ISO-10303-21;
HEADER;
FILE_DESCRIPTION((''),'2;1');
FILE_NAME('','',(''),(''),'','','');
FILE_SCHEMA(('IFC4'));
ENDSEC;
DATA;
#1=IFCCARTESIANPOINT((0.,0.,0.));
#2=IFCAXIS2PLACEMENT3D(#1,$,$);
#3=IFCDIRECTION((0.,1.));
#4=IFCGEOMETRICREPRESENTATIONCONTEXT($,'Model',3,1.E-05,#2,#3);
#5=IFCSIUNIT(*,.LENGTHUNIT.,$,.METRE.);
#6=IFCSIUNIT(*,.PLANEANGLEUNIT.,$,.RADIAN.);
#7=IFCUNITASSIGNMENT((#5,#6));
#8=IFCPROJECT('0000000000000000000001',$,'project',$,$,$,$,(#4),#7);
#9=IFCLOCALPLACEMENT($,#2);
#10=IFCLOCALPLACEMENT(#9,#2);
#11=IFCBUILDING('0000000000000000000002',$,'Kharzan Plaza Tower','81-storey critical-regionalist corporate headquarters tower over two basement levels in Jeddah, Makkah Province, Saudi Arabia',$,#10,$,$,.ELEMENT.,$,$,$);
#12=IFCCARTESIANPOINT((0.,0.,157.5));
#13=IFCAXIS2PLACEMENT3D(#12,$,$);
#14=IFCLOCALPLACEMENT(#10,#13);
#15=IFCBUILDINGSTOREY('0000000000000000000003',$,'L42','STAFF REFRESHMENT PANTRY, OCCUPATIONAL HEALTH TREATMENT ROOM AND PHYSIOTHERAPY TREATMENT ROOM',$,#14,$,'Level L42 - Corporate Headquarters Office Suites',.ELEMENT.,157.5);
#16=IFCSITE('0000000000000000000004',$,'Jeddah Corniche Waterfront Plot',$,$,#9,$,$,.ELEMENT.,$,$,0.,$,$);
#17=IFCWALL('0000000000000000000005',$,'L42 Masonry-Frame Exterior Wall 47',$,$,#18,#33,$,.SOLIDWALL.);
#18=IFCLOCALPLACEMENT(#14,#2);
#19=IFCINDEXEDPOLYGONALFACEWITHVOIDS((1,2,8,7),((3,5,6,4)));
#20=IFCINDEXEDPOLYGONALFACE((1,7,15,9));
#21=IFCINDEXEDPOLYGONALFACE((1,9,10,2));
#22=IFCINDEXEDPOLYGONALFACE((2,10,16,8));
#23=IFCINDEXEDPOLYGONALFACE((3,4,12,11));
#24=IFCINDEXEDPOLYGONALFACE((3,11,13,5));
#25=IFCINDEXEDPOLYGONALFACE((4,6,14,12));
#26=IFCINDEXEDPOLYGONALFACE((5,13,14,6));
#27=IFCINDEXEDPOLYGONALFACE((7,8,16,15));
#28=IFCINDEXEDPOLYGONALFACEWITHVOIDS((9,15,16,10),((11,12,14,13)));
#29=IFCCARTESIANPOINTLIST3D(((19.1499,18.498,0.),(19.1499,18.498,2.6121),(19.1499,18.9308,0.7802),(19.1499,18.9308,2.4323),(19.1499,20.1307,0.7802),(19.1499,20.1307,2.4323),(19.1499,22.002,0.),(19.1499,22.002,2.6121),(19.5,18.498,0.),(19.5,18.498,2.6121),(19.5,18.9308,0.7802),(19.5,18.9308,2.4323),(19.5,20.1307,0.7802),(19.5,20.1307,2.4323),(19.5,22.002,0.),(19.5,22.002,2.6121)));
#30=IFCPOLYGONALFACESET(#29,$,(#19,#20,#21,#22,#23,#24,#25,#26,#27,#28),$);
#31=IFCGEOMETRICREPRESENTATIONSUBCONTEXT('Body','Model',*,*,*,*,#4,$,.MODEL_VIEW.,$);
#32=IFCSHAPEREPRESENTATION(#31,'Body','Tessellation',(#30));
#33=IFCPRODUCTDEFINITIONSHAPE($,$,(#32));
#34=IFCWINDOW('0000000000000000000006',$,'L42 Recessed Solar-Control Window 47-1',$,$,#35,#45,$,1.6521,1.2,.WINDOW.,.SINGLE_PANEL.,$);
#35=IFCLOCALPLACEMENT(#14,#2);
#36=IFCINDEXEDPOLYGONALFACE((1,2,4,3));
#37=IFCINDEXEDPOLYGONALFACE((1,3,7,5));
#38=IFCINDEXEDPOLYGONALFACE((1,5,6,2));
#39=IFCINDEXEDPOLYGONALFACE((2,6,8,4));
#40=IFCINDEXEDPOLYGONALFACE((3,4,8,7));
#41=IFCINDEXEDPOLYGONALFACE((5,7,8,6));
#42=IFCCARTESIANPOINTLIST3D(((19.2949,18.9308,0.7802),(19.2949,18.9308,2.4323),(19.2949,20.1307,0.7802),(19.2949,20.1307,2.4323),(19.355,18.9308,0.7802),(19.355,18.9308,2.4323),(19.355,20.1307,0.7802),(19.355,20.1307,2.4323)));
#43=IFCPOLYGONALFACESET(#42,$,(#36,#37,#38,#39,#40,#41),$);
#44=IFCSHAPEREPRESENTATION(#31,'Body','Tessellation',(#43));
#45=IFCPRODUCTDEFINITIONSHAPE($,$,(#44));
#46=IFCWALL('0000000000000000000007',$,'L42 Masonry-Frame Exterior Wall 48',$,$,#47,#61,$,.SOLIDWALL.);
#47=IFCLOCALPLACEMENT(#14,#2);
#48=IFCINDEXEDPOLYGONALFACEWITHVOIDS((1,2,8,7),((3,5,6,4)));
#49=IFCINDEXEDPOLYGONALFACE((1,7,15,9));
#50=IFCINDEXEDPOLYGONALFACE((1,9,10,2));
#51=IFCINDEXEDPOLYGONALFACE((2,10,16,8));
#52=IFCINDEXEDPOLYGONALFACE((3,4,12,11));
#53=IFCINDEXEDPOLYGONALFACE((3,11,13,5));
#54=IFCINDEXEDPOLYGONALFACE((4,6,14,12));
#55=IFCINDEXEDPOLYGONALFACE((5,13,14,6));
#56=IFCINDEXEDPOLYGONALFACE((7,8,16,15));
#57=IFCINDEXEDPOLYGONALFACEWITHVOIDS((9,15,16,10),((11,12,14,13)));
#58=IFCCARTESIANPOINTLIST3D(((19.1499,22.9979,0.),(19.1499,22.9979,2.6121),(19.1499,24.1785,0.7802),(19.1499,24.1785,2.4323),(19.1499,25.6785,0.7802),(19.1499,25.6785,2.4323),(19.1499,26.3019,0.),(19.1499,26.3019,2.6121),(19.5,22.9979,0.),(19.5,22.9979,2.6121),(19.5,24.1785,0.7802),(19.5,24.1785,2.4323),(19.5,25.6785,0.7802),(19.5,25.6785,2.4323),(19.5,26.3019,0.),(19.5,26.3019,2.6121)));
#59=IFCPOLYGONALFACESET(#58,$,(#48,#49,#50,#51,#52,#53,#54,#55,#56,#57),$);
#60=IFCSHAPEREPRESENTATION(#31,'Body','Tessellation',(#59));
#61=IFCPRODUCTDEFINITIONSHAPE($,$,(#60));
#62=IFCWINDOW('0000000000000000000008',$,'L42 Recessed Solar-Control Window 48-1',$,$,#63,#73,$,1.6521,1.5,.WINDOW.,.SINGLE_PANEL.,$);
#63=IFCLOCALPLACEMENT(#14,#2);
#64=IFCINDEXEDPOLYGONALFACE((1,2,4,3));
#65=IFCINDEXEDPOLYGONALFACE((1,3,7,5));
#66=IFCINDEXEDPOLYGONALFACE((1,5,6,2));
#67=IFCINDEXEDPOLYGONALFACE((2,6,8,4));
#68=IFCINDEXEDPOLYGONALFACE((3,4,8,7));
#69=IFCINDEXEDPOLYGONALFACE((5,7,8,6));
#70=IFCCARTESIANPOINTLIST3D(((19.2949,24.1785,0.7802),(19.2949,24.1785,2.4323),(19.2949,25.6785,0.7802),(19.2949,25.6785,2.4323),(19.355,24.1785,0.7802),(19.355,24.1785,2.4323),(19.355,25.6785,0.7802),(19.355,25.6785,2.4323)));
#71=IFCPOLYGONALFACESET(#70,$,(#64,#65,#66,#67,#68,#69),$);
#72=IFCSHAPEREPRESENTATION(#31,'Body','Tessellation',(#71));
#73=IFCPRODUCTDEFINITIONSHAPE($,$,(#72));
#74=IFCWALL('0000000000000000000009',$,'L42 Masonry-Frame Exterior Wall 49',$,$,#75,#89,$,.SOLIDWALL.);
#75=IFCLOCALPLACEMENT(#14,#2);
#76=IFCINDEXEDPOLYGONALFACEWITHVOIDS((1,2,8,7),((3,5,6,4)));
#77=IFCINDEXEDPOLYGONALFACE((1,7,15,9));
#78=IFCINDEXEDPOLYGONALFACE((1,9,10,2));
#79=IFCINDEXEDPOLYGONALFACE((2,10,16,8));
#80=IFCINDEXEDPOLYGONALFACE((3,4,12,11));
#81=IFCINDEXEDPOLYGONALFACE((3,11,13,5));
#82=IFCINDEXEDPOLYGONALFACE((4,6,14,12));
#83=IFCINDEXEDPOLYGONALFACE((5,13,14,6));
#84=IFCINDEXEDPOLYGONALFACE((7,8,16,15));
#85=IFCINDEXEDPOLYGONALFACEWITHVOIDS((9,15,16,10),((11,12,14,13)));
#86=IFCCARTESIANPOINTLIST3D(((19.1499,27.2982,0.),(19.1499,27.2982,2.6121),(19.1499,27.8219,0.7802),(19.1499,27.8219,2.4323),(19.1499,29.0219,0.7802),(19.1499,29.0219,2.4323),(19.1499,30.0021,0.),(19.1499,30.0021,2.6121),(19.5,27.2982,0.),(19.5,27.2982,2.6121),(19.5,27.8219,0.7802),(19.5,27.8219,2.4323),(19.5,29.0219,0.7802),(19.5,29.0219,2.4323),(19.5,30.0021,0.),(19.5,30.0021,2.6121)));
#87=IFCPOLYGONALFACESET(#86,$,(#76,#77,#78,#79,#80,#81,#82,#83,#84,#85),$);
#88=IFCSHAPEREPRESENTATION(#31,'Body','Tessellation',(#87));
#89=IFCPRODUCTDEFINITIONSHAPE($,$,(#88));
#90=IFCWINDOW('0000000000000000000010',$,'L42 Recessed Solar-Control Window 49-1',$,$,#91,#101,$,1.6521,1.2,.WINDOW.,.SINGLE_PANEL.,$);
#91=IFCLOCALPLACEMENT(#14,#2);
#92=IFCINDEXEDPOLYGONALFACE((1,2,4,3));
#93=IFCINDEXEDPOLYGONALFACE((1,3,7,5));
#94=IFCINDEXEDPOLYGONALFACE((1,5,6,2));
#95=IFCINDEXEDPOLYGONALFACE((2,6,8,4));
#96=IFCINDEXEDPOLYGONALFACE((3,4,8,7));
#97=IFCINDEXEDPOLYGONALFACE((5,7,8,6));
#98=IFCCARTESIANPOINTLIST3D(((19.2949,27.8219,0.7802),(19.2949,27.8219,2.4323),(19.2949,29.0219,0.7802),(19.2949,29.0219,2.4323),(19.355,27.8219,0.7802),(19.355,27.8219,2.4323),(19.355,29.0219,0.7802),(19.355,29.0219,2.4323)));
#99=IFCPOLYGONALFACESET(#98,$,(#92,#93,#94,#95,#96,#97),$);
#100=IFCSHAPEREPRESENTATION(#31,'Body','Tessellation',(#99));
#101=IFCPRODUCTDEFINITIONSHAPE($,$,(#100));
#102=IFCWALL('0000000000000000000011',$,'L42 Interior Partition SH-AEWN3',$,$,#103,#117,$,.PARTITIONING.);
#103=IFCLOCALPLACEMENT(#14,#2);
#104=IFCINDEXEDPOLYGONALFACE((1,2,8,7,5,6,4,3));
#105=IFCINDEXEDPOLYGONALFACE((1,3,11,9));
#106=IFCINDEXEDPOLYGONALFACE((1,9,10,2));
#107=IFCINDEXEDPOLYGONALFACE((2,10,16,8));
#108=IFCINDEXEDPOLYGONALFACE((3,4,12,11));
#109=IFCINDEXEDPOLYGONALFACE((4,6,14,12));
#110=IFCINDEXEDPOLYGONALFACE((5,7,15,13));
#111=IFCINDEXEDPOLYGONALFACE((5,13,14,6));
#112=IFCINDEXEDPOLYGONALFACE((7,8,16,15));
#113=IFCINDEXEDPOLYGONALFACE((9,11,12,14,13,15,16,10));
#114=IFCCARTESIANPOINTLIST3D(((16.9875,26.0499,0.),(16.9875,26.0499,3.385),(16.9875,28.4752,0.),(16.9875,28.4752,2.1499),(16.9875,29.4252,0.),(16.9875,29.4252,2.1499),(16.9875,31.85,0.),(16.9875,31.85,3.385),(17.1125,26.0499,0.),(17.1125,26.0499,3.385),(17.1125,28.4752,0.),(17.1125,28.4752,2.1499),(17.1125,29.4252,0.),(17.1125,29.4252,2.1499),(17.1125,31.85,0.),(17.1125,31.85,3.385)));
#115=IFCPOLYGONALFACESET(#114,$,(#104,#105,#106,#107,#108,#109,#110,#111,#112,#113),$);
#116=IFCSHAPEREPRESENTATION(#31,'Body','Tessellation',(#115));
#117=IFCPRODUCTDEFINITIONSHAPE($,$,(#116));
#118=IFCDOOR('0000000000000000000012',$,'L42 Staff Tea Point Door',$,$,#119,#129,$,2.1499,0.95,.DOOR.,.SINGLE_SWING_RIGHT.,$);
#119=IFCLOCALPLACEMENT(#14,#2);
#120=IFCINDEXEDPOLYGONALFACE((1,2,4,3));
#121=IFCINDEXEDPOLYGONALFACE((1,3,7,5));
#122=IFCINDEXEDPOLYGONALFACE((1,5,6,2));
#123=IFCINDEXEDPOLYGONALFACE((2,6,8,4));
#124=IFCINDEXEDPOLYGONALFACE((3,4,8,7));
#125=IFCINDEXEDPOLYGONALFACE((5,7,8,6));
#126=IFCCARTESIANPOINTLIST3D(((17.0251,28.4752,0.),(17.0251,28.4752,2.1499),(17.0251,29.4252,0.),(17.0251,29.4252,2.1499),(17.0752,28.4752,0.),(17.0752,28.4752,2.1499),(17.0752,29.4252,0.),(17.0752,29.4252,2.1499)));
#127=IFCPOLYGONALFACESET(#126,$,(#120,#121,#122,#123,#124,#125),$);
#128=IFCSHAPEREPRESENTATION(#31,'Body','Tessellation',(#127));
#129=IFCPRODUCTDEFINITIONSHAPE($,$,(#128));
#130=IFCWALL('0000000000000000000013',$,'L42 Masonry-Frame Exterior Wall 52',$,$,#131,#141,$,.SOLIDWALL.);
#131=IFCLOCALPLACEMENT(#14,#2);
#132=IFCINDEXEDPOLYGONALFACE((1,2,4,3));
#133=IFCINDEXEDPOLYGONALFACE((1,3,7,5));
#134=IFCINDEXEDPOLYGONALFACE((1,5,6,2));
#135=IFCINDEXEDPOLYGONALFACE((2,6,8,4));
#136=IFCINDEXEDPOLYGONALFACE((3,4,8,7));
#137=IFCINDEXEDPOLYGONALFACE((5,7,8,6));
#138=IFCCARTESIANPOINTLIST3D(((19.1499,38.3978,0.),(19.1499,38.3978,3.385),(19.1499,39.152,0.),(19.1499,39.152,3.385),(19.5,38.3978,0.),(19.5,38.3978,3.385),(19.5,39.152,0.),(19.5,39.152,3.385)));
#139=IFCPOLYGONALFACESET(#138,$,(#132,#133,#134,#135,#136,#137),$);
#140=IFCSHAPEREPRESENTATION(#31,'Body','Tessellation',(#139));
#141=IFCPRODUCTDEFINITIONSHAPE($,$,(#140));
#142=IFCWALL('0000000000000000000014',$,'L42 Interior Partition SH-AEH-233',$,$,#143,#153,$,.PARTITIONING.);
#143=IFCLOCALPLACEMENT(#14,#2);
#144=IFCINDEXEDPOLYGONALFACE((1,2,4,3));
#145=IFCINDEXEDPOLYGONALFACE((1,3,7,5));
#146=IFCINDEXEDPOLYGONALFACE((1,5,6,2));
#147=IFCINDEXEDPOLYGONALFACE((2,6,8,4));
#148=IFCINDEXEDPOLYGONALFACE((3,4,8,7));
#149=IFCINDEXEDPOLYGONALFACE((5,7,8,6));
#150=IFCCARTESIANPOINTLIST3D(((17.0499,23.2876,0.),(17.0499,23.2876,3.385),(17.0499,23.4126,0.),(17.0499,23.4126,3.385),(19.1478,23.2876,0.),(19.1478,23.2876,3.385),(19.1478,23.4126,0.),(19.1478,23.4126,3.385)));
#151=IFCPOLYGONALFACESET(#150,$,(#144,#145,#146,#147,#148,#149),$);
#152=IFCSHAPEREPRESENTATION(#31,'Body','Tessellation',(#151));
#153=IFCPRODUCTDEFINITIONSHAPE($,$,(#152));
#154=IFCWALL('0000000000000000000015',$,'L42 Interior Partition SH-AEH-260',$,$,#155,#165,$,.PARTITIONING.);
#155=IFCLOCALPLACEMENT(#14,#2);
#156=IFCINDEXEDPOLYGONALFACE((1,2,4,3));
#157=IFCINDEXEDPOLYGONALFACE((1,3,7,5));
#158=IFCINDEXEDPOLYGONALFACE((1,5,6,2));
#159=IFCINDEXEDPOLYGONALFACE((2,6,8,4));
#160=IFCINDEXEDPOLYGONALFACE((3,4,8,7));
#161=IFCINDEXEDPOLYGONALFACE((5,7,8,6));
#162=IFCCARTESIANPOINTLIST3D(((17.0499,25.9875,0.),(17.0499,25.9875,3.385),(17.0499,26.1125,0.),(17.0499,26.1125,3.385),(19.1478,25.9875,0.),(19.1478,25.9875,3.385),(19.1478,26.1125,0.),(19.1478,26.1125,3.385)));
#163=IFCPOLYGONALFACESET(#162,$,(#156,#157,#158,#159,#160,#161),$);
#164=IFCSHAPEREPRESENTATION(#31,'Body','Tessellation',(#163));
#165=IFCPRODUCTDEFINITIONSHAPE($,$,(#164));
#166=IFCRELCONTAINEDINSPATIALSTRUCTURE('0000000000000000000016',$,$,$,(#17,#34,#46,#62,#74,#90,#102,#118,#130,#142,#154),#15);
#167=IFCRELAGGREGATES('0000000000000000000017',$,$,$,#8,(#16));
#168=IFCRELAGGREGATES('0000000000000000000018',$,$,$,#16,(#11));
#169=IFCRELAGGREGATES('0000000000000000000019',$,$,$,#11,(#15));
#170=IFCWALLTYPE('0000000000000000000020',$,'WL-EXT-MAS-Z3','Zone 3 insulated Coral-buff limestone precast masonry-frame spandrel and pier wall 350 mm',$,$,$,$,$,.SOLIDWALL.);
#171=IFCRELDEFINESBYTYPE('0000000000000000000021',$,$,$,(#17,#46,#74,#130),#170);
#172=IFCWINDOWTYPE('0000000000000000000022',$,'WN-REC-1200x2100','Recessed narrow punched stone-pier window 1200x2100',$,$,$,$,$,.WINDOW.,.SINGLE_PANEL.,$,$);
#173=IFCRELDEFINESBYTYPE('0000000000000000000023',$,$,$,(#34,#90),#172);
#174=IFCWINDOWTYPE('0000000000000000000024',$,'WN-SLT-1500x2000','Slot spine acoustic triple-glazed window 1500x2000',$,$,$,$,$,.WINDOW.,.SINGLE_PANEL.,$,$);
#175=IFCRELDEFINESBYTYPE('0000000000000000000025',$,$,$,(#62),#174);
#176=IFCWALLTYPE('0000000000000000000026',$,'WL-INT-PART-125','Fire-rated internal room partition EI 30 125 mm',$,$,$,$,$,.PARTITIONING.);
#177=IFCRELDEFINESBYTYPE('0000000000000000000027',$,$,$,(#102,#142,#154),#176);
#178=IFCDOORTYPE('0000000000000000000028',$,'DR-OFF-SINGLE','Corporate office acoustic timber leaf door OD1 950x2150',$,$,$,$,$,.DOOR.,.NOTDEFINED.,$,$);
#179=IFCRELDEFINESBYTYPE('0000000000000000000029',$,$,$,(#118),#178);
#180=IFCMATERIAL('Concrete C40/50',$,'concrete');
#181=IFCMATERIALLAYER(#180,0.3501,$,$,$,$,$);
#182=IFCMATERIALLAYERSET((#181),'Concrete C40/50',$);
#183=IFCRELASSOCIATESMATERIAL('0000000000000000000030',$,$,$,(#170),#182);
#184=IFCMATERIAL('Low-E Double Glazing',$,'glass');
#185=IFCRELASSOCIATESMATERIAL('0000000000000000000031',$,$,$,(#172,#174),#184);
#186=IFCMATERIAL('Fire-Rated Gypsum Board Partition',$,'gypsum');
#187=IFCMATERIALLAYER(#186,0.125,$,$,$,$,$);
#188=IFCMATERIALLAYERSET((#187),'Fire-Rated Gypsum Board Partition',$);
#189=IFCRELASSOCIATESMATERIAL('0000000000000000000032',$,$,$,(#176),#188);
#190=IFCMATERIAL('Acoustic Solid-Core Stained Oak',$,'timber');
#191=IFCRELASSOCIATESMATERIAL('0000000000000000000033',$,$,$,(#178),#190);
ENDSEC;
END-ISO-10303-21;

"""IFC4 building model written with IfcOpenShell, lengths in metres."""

from ifc_helpers import new_model, si_unit, direction, frame, frame_2d, origin, place, context, subcontext, project, spatial, rectangle, extrude, source, transform, mapped, material, layer, layer_set, type_object, element, fill, save


model = new_model("IFC4")

# Units and contexts
model_context = context("Model", 3, precision=1e-05, world=origin(), true_north=direction((0.0, 1.0)))
body_context = subcontext(model_context, "Body", "Model", "MODEL_VIEW")
ifc_project = project(units=[si_unit("LENGTHUNIT", "METRE"), si_unit("PLANEANGLEUNIT", "RADIAN")], contexts=[model_context])

# Site, building, storey
site_placement = place(None, origin())
site = spatial("IfcSite", under=ifc_project, at=site_placement, Name="Jeddah Corniche Waterfront Plot", CompositionType="ELEMENT", RefElevation=0.0)
building_placement = place(site_placement, origin())
building = spatial("IfcBuilding", under=site, at=building_placement, Name="Kharzan Plaza Tower", Description="81-storey critical-regionalist corporate headquarters tower over two basement levels in Jeddah, Makkah Province, Saudi Arabia", CompositionType="ELEMENT")
storey_placement = place(building_placement, frame((0.0, 0.0, 157.5)))
storey = spatial("IfcBuildingStorey", under=building, at=storey_placement, Name="L42", Description="STAFF REFRESHMENT PANTRY, OCCUPATIONAL HEALTH TREATMENT ROOM AND PHYSIOTHERAPY TREATMENT ROOM", LongName="Level L42 - Corporate Headquarters Office Suites", CompositionType="ELEMENT", Elevation=157.5)

# Walls, openings, windows
ifc_material_1 = material(Name="Concrete C40/50", Category="concrete")
ifc_layer_1 = layer(ifc_material_1, 0.3501)
ifc_layer_set_1 = layer_set([ifc_layer_1], Name="Concrete C40/50")
wall_type_1 = type_object("IfcWallType", Name="WL-EXT-MAS-Z3", Description="Zone 3 insulated Coral-buff limestone precast masonry-frame spandrel and pier wall 350 mm", PredefinedType="SOLIDWALL", material=ifc_layer_set_1)
ifc_material_2 = material(Name="Low-E Double Glazing", Category="glass")
wall_1_placement = place(storey_placement, frame((19.325, 18.498, 0.0), z_axis=(0.0, 0.0, 1.0), x_axis=(0.0, 1.0, 0.0)))
wall_1 = element("IfcWall", 1, at=wall_1_placement, inside=storey, type_object=wall_type_1, Name="L42 Masonry-Frame Exterior Wall 47", PredefinedType="SOLIDWALL", context=body_context, shape_type="SweptSolid", body=[
    extrude(rectangle(XDim=3.5039, YDim=0.3501, at=frame_2d((1.752, 0.0))), origin(), (0.0, 0.0, 1.0), 2.6121),
])
opening_1_placement = place(wall_1_placement, frame((0.4326, 0.0, 0.78)))
opening_1 = element("IfcOpeningElement", 2, at=opening_1_placement, cuts=wall_1, PredefinedType="OPENING", context=body_context, shape_type="SweptSolid", body=[
    extrude(rectangle(XDim=1.2, YDim=1.6521, at=frame_2d((0.6001, 0.8262))), frame((0.0, 0.1851, 0.0), z_axis=(0.0, -1.0, 0.0), x_axis=(1.0, 0.0, 0.0)), (0.0, 0.0, 1.0), 0.3701),
])
window_type_1 = type_object("IfcWindowType", Name="WN-REC-1200x2100", Description="Recessed narrow punched stone-pier window 1200x2100", PartitioningType="SINGLE_PANEL", PredefinedType="WINDOW", material=ifc_material_2)
shared_shape_1 = source(origin(), body_context, "Body", "SweptSolid", [
    extrude(rectangle(XDim=1.2, YDim=1.6521, at=frame_2d((0.6001, 0.8262))), frame((0.0, 0.03, 0.0), z_axis=(0.0, -1.0, 0.0), x_axis=(1.0, 0.0, 0.0)), (0.0, 0.0, 1.0), 0.0601),
])
window_1_placement = place(opening_1_placement, origin())
window_1 = element("IfcWindow", 3, at=window_1_placement, inside=storey, type_object=window_type_1, Name="L42 Recessed Solar-Control Window 47-1", OverallHeight=1.6521, OverallWidth=1.2, PartitioningType="SINGLE_PANEL", PredefinedType="WINDOW", context=body_context, shape_type="MappedRepresentation", body=[
    mapped(shared_shape_1, transform((0.0, 0.0, 0.0), x_axis=(1.0, 0.0, 0.0), y_axis=(0.0, 1.0, 0.0), z_axis=(0.0, 0.0, 1.0))),
])
fill(opening_1, window_1)
wall_2_placement = place(storey_placement, frame((19.325, 22.998, 0.0), z_axis=(0.0, 0.0, 1.0), x_axis=(0.0, 1.0, 0.0)))
wall_2 = element("IfcWall", 4, at=wall_2_placement, inside=storey, type_object=wall_type_1, Name="L42 Masonry-Frame Exterior Wall 48", PredefinedType="SOLIDWALL", context=body_context, shape_type="SweptSolid", body=[
    extrude(rectangle(XDim=3.304, YDim=0.3501, at=frame_2d((1.6519, 0.0))), origin(), (0.0, 0.0, 1.0), 2.6121),
])
opening_2_placement = place(wall_2_placement, frame((1.1804, 0.0, 0.78)))
opening_2 = element("IfcOpeningElement", 5, at=opening_2_placement, cuts=wall_2, PredefinedType="OPENING", context=body_context, shape_type="SweptSolid", body=[
    extrude(rectangle(XDim=1.5, YDim=1.6521, at=frame_2d((0.75, 0.8262))), frame((0.0, 0.1851, 0.0), z_axis=(0.0, -1.0, 0.0), x_axis=(1.0, 0.0, 0.0)), (0.0, 0.0, 1.0), 0.3701),
])
window_type_2 = type_object("IfcWindowType", Name="WN-SLT-1500x2000", Description="Slot spine acoustic triple-glazed window 1500x2000", PartitioningType="SINGLE_PANEL", PredefinedType="WINDOW", material=ifc_material_2)
shared_shape_2 = source(origin(), body_context, "Body", "SweptSolid", [
    extrude(rectangle(XDim=1.5, YDim=1.6521, at=frame_2d((0.75, 0.8262))), frame((0.0, 0.03, 0.0), z_axis=(0.0, -1.0, 0.0), x_axis=(1.0, 0.0, 0.0)), (0.0, 0.0, 1.0), 0.0601),
])
window_2_placement = place(opening_2_placement, origin())
window_2 = element("IfcWindow", 6, at=window_2_placement, inside=storey, type_object=window_type_2, Name="L42 Recessed Solar-Control Window 48-1", OverallHeight=1.6521, OverallWidth=1.5, PartitioningType="SINGLE_PANEL", PredefinedType="WINDOW", context=body_context, shape_type="MappedRepresentation", body=[
    mapped(shared_shape_2, transform((0.0, 0.0, 0.0), x_axis=(1.0, 0.0, 0.0), y_axis=(0.0, 1.0, 0.0), z_axis=(0.0, 0.0, 1.0))),
])
fill(opening_2, window_2)
wall_3_placement = place(storey_placement, frame((19.325, 27.2981, 0.0), z_axis=(0.0, 0.0, 1.0), x_axis=(0.0, 1.0, 0.0)))
wall_3 = element("IfcWall", 7, at=wall_3_placement, inside=storey, type_object=wall_type_1, Name="L42 Masonry-Frame Exterior Wall 49", PredefinedType="SOLIDWALL", context=body_context, shape_type="SweptSolid", body=[
    extrude(rectangle(XDim=2.7039, YDim=0.3501, at=frame_2d((1.3521, 0.0))), origin(), (0.0, 0.0, 1.0), 2.6121),
])
opening_3_placement = place(wall_3_placement, frame((0.5237, 0.0, 0.78)))
opening_3 = element("IfcOpeningElement", 8, at=opening_3_placement, cuts=wall_3, PredefinedType="OPENING", context=body_context, shape_type="SweptSolid", body=[
    extrude(rectangle(XDim=1.2, YDim=1.6521, at=frame_2d((0.6001, 0.8262))), frame((0.0, 0.1851, 0.0), z_axis=(0.0, -1.0, 0.0), x_axis=(1.0, 0.0, 0.0)), (0.0, 0.0, 1.0), 0.3701),
])
window_3_placement = place(opening_3_placement, origin())
window_3 = element("IfcWindow", 9, at=window_3_placement, inside=storey, type_object=window_type_1, Name="L42 Recessed Solar-Control Window 49-1", OverallHeight=1.6521, OverallWidth=1.2, PartitioningType="SINGLE_PANEL", PredefinedType="WINDOW", context=body_context, shape_type="MappedRepresentation", body=[
    mapped(shared_shape_1, transform((0.0, 0.0, 0.0), x_axis=(1.0, 0.0, 0.0), y_axis=(0.0, 1.0, 0.0), z_axis=(0.0, 0.0, 1.0))),
])
fill(opening_3, window_3)

# Wall, opening, door
ifc_material_3 = material(Name="Fire-Rated Gypsum Board Partition", Category="gypsum")
ifc_layer_2 = layer(ifc_material_3, 0.125)
ifc_layer_set_2 = layer_set([ifc_layer_2], Name="Fire-Rated Gypsum Board Partition")
wall_type_2 = type_object("IfcWallType", Name="WL-INT-PART-125", Description="Fire-rated internal room partition EI 30 125 mm", PredefinedType="PARTITIONING", material=ifc_layer_set_2)
wall_4_placement = place(storey_placement, frame((17.05, 26.05, 0.0), z_axis=(0.0, 0.0, 1.0), x_axis=(0.0, 1.0, 0.0)))
wall_4 = element("IfcWall", 10, at=wall_4_placement, inside=storey, type_object=wall_type_2, Name="L42 Interior Partition SH-AEWN3", PredefinedType="PARTITIONING", context=body_context, shape_type="SweptSolid", body=[
    extrude(rectangle(XDim=5.8, YDim=0.125, at=frame_2d((2.8999, 0.0))), origin(), (0.0, 0.0, 1.0), 3.385),
])
opening_4_placement = place(wall_4_placement, frame((2.425, 0.0, 0.0)))
opening_4 = element("IfcOpeningElement", 11, at=opening_4_placement, cuts=wall_4, PredefinedType="OPENING", context=body_context, shape_type="SweptSolid", body=[
    extrude(rectangle(XDim=0.95, YDim=2.1499, at=frame_2d((0.4751, 1.075))), frame((0.0, 0.0725, 0.0), z_axis=(0.0, -1.0, 0.0), x_axis=(1.0, 0.0, 0.0)), (0.0, 0.0, 1.0), 0.145),
])
ifc_material_4 = material(Name="Acoustic Solid-Core Stained Oak", Category="timber")
door_type_1 = type_object("IfcDoorType", Name="DR-OFF-SINGLE", Description="Corporate office acoustic timber leaf door OD1 950x2150", OperationType="NOTDEFINED", PredefinedType="DOOR", material=ifc_material_4)
shared_shape_3 = source(origin(), body_context, "Body", "SweptSolid", [
    extrude(rectangle(XDim=0.95, YDim=2.1499, at=frame_2d((0.4751, 1.075))), frame((0.0, 0.0249, 0.0), z_axis=(0.0, -1.0, 0.0), x_axis=(1.0, 0.0, 0.0)), (0.0, 0.0, 1.0), 0.05),
])
door_1_placement = place(opening_4_placement, origin())
door_1 = element("IfcDoor", 12, at=door_1_placement, inside=storey, type_object=door_type_1, Name="L42 Staff Tea Point Door", OperationType="SINGLE_SWING_RIGHT", OverallHeight=2.1499, OverallWidth=0.95, PredefinedType="DOOR", context=body_context, shape_type="MappedRepresentation", body=[
    mapped(shared_shape_3, transform((0.0, 0.0, 0.0), x_axis=(1.0, 0.0, 0.0), y_axis=(0.0, 1.0, 0.0), z_axis=(0.0, 0.0, 1.0))),
])
fill(opening_4, door_1)

# Walls
shared_shape_4 = source(origin(), body_context, "Body", "SweptSolid", [
    extrude(rectangle(XDim=0.7542, YDim=0.3501, at=frame_2d((0.377, 0.0))), origin(), (0.0, 0.0, 1.0), 3.385),
])
wall_5_placement = place(storey_placement, frame((19.325, 38.3979, 0.0), z_axis=(0.0, 0.0, 1.0), x_axis=(0.0, 1.0, 0.0)))
element("IfcWall", 13, at=wall_5_placement, inside=storey, type_object=wall_type_1, Name="L42 Masonry-Frame Exterior Wall 52", PredefinedType="SOLIDWALL", context=body_context, shape_type="MappedRepresentation", body=[
    mapped(shared_shape_4, transform((0.0, 0.0, 0.0), x_axis=(1.0, 0.0, 0.0), y_axis=(0.0, 1.0, 0.0), z_axis=(0.0, 0.0, 1.0))),
])
shared_shape_5 = source(origin(), body_context, "Body", "SweptSolid", [
    extrude(rectangle(XDim=2.0979, YDim=0.125, at=frame_2d((1.0488, 0.0))), origin(), (0.0, 0.0, 1.0), 3.385),
])
for number, where, z_axis, x_axis, name in (
    (14, (17.05, 23.3501, 0.0), (0.0, 0.0, 1.0), (1.0, 0.0, 0.0), "L42 Interior Partition SH-AEH-233"),
    (15, (17.05, 26.05, 0.0), (0.0, 0.0, 1.0), (1.0, 0.0, 0.0), "L42 Interior Partition SH-AEH-260"),
):
    element("IfcWall", number, at=place(storey_placement, frame(where, z_axis=z_axis, x_axis=x_axis)), inside=storey, type_object=wall_type_2, Name=name, PredefinedType="PARTITIONING", context=body_context, shape_type="MappedRepresentation", body=[
        mapped(shared_shape_5, transform((0.0, 0.0, 0.0), x_axis=(1.0, 0.0, 0.0), y_axis=(0.0, 1.0, 0.0), z_axis=(0.0, 0.0, 1.0))),
    ])

save(model, "model.ifc")
